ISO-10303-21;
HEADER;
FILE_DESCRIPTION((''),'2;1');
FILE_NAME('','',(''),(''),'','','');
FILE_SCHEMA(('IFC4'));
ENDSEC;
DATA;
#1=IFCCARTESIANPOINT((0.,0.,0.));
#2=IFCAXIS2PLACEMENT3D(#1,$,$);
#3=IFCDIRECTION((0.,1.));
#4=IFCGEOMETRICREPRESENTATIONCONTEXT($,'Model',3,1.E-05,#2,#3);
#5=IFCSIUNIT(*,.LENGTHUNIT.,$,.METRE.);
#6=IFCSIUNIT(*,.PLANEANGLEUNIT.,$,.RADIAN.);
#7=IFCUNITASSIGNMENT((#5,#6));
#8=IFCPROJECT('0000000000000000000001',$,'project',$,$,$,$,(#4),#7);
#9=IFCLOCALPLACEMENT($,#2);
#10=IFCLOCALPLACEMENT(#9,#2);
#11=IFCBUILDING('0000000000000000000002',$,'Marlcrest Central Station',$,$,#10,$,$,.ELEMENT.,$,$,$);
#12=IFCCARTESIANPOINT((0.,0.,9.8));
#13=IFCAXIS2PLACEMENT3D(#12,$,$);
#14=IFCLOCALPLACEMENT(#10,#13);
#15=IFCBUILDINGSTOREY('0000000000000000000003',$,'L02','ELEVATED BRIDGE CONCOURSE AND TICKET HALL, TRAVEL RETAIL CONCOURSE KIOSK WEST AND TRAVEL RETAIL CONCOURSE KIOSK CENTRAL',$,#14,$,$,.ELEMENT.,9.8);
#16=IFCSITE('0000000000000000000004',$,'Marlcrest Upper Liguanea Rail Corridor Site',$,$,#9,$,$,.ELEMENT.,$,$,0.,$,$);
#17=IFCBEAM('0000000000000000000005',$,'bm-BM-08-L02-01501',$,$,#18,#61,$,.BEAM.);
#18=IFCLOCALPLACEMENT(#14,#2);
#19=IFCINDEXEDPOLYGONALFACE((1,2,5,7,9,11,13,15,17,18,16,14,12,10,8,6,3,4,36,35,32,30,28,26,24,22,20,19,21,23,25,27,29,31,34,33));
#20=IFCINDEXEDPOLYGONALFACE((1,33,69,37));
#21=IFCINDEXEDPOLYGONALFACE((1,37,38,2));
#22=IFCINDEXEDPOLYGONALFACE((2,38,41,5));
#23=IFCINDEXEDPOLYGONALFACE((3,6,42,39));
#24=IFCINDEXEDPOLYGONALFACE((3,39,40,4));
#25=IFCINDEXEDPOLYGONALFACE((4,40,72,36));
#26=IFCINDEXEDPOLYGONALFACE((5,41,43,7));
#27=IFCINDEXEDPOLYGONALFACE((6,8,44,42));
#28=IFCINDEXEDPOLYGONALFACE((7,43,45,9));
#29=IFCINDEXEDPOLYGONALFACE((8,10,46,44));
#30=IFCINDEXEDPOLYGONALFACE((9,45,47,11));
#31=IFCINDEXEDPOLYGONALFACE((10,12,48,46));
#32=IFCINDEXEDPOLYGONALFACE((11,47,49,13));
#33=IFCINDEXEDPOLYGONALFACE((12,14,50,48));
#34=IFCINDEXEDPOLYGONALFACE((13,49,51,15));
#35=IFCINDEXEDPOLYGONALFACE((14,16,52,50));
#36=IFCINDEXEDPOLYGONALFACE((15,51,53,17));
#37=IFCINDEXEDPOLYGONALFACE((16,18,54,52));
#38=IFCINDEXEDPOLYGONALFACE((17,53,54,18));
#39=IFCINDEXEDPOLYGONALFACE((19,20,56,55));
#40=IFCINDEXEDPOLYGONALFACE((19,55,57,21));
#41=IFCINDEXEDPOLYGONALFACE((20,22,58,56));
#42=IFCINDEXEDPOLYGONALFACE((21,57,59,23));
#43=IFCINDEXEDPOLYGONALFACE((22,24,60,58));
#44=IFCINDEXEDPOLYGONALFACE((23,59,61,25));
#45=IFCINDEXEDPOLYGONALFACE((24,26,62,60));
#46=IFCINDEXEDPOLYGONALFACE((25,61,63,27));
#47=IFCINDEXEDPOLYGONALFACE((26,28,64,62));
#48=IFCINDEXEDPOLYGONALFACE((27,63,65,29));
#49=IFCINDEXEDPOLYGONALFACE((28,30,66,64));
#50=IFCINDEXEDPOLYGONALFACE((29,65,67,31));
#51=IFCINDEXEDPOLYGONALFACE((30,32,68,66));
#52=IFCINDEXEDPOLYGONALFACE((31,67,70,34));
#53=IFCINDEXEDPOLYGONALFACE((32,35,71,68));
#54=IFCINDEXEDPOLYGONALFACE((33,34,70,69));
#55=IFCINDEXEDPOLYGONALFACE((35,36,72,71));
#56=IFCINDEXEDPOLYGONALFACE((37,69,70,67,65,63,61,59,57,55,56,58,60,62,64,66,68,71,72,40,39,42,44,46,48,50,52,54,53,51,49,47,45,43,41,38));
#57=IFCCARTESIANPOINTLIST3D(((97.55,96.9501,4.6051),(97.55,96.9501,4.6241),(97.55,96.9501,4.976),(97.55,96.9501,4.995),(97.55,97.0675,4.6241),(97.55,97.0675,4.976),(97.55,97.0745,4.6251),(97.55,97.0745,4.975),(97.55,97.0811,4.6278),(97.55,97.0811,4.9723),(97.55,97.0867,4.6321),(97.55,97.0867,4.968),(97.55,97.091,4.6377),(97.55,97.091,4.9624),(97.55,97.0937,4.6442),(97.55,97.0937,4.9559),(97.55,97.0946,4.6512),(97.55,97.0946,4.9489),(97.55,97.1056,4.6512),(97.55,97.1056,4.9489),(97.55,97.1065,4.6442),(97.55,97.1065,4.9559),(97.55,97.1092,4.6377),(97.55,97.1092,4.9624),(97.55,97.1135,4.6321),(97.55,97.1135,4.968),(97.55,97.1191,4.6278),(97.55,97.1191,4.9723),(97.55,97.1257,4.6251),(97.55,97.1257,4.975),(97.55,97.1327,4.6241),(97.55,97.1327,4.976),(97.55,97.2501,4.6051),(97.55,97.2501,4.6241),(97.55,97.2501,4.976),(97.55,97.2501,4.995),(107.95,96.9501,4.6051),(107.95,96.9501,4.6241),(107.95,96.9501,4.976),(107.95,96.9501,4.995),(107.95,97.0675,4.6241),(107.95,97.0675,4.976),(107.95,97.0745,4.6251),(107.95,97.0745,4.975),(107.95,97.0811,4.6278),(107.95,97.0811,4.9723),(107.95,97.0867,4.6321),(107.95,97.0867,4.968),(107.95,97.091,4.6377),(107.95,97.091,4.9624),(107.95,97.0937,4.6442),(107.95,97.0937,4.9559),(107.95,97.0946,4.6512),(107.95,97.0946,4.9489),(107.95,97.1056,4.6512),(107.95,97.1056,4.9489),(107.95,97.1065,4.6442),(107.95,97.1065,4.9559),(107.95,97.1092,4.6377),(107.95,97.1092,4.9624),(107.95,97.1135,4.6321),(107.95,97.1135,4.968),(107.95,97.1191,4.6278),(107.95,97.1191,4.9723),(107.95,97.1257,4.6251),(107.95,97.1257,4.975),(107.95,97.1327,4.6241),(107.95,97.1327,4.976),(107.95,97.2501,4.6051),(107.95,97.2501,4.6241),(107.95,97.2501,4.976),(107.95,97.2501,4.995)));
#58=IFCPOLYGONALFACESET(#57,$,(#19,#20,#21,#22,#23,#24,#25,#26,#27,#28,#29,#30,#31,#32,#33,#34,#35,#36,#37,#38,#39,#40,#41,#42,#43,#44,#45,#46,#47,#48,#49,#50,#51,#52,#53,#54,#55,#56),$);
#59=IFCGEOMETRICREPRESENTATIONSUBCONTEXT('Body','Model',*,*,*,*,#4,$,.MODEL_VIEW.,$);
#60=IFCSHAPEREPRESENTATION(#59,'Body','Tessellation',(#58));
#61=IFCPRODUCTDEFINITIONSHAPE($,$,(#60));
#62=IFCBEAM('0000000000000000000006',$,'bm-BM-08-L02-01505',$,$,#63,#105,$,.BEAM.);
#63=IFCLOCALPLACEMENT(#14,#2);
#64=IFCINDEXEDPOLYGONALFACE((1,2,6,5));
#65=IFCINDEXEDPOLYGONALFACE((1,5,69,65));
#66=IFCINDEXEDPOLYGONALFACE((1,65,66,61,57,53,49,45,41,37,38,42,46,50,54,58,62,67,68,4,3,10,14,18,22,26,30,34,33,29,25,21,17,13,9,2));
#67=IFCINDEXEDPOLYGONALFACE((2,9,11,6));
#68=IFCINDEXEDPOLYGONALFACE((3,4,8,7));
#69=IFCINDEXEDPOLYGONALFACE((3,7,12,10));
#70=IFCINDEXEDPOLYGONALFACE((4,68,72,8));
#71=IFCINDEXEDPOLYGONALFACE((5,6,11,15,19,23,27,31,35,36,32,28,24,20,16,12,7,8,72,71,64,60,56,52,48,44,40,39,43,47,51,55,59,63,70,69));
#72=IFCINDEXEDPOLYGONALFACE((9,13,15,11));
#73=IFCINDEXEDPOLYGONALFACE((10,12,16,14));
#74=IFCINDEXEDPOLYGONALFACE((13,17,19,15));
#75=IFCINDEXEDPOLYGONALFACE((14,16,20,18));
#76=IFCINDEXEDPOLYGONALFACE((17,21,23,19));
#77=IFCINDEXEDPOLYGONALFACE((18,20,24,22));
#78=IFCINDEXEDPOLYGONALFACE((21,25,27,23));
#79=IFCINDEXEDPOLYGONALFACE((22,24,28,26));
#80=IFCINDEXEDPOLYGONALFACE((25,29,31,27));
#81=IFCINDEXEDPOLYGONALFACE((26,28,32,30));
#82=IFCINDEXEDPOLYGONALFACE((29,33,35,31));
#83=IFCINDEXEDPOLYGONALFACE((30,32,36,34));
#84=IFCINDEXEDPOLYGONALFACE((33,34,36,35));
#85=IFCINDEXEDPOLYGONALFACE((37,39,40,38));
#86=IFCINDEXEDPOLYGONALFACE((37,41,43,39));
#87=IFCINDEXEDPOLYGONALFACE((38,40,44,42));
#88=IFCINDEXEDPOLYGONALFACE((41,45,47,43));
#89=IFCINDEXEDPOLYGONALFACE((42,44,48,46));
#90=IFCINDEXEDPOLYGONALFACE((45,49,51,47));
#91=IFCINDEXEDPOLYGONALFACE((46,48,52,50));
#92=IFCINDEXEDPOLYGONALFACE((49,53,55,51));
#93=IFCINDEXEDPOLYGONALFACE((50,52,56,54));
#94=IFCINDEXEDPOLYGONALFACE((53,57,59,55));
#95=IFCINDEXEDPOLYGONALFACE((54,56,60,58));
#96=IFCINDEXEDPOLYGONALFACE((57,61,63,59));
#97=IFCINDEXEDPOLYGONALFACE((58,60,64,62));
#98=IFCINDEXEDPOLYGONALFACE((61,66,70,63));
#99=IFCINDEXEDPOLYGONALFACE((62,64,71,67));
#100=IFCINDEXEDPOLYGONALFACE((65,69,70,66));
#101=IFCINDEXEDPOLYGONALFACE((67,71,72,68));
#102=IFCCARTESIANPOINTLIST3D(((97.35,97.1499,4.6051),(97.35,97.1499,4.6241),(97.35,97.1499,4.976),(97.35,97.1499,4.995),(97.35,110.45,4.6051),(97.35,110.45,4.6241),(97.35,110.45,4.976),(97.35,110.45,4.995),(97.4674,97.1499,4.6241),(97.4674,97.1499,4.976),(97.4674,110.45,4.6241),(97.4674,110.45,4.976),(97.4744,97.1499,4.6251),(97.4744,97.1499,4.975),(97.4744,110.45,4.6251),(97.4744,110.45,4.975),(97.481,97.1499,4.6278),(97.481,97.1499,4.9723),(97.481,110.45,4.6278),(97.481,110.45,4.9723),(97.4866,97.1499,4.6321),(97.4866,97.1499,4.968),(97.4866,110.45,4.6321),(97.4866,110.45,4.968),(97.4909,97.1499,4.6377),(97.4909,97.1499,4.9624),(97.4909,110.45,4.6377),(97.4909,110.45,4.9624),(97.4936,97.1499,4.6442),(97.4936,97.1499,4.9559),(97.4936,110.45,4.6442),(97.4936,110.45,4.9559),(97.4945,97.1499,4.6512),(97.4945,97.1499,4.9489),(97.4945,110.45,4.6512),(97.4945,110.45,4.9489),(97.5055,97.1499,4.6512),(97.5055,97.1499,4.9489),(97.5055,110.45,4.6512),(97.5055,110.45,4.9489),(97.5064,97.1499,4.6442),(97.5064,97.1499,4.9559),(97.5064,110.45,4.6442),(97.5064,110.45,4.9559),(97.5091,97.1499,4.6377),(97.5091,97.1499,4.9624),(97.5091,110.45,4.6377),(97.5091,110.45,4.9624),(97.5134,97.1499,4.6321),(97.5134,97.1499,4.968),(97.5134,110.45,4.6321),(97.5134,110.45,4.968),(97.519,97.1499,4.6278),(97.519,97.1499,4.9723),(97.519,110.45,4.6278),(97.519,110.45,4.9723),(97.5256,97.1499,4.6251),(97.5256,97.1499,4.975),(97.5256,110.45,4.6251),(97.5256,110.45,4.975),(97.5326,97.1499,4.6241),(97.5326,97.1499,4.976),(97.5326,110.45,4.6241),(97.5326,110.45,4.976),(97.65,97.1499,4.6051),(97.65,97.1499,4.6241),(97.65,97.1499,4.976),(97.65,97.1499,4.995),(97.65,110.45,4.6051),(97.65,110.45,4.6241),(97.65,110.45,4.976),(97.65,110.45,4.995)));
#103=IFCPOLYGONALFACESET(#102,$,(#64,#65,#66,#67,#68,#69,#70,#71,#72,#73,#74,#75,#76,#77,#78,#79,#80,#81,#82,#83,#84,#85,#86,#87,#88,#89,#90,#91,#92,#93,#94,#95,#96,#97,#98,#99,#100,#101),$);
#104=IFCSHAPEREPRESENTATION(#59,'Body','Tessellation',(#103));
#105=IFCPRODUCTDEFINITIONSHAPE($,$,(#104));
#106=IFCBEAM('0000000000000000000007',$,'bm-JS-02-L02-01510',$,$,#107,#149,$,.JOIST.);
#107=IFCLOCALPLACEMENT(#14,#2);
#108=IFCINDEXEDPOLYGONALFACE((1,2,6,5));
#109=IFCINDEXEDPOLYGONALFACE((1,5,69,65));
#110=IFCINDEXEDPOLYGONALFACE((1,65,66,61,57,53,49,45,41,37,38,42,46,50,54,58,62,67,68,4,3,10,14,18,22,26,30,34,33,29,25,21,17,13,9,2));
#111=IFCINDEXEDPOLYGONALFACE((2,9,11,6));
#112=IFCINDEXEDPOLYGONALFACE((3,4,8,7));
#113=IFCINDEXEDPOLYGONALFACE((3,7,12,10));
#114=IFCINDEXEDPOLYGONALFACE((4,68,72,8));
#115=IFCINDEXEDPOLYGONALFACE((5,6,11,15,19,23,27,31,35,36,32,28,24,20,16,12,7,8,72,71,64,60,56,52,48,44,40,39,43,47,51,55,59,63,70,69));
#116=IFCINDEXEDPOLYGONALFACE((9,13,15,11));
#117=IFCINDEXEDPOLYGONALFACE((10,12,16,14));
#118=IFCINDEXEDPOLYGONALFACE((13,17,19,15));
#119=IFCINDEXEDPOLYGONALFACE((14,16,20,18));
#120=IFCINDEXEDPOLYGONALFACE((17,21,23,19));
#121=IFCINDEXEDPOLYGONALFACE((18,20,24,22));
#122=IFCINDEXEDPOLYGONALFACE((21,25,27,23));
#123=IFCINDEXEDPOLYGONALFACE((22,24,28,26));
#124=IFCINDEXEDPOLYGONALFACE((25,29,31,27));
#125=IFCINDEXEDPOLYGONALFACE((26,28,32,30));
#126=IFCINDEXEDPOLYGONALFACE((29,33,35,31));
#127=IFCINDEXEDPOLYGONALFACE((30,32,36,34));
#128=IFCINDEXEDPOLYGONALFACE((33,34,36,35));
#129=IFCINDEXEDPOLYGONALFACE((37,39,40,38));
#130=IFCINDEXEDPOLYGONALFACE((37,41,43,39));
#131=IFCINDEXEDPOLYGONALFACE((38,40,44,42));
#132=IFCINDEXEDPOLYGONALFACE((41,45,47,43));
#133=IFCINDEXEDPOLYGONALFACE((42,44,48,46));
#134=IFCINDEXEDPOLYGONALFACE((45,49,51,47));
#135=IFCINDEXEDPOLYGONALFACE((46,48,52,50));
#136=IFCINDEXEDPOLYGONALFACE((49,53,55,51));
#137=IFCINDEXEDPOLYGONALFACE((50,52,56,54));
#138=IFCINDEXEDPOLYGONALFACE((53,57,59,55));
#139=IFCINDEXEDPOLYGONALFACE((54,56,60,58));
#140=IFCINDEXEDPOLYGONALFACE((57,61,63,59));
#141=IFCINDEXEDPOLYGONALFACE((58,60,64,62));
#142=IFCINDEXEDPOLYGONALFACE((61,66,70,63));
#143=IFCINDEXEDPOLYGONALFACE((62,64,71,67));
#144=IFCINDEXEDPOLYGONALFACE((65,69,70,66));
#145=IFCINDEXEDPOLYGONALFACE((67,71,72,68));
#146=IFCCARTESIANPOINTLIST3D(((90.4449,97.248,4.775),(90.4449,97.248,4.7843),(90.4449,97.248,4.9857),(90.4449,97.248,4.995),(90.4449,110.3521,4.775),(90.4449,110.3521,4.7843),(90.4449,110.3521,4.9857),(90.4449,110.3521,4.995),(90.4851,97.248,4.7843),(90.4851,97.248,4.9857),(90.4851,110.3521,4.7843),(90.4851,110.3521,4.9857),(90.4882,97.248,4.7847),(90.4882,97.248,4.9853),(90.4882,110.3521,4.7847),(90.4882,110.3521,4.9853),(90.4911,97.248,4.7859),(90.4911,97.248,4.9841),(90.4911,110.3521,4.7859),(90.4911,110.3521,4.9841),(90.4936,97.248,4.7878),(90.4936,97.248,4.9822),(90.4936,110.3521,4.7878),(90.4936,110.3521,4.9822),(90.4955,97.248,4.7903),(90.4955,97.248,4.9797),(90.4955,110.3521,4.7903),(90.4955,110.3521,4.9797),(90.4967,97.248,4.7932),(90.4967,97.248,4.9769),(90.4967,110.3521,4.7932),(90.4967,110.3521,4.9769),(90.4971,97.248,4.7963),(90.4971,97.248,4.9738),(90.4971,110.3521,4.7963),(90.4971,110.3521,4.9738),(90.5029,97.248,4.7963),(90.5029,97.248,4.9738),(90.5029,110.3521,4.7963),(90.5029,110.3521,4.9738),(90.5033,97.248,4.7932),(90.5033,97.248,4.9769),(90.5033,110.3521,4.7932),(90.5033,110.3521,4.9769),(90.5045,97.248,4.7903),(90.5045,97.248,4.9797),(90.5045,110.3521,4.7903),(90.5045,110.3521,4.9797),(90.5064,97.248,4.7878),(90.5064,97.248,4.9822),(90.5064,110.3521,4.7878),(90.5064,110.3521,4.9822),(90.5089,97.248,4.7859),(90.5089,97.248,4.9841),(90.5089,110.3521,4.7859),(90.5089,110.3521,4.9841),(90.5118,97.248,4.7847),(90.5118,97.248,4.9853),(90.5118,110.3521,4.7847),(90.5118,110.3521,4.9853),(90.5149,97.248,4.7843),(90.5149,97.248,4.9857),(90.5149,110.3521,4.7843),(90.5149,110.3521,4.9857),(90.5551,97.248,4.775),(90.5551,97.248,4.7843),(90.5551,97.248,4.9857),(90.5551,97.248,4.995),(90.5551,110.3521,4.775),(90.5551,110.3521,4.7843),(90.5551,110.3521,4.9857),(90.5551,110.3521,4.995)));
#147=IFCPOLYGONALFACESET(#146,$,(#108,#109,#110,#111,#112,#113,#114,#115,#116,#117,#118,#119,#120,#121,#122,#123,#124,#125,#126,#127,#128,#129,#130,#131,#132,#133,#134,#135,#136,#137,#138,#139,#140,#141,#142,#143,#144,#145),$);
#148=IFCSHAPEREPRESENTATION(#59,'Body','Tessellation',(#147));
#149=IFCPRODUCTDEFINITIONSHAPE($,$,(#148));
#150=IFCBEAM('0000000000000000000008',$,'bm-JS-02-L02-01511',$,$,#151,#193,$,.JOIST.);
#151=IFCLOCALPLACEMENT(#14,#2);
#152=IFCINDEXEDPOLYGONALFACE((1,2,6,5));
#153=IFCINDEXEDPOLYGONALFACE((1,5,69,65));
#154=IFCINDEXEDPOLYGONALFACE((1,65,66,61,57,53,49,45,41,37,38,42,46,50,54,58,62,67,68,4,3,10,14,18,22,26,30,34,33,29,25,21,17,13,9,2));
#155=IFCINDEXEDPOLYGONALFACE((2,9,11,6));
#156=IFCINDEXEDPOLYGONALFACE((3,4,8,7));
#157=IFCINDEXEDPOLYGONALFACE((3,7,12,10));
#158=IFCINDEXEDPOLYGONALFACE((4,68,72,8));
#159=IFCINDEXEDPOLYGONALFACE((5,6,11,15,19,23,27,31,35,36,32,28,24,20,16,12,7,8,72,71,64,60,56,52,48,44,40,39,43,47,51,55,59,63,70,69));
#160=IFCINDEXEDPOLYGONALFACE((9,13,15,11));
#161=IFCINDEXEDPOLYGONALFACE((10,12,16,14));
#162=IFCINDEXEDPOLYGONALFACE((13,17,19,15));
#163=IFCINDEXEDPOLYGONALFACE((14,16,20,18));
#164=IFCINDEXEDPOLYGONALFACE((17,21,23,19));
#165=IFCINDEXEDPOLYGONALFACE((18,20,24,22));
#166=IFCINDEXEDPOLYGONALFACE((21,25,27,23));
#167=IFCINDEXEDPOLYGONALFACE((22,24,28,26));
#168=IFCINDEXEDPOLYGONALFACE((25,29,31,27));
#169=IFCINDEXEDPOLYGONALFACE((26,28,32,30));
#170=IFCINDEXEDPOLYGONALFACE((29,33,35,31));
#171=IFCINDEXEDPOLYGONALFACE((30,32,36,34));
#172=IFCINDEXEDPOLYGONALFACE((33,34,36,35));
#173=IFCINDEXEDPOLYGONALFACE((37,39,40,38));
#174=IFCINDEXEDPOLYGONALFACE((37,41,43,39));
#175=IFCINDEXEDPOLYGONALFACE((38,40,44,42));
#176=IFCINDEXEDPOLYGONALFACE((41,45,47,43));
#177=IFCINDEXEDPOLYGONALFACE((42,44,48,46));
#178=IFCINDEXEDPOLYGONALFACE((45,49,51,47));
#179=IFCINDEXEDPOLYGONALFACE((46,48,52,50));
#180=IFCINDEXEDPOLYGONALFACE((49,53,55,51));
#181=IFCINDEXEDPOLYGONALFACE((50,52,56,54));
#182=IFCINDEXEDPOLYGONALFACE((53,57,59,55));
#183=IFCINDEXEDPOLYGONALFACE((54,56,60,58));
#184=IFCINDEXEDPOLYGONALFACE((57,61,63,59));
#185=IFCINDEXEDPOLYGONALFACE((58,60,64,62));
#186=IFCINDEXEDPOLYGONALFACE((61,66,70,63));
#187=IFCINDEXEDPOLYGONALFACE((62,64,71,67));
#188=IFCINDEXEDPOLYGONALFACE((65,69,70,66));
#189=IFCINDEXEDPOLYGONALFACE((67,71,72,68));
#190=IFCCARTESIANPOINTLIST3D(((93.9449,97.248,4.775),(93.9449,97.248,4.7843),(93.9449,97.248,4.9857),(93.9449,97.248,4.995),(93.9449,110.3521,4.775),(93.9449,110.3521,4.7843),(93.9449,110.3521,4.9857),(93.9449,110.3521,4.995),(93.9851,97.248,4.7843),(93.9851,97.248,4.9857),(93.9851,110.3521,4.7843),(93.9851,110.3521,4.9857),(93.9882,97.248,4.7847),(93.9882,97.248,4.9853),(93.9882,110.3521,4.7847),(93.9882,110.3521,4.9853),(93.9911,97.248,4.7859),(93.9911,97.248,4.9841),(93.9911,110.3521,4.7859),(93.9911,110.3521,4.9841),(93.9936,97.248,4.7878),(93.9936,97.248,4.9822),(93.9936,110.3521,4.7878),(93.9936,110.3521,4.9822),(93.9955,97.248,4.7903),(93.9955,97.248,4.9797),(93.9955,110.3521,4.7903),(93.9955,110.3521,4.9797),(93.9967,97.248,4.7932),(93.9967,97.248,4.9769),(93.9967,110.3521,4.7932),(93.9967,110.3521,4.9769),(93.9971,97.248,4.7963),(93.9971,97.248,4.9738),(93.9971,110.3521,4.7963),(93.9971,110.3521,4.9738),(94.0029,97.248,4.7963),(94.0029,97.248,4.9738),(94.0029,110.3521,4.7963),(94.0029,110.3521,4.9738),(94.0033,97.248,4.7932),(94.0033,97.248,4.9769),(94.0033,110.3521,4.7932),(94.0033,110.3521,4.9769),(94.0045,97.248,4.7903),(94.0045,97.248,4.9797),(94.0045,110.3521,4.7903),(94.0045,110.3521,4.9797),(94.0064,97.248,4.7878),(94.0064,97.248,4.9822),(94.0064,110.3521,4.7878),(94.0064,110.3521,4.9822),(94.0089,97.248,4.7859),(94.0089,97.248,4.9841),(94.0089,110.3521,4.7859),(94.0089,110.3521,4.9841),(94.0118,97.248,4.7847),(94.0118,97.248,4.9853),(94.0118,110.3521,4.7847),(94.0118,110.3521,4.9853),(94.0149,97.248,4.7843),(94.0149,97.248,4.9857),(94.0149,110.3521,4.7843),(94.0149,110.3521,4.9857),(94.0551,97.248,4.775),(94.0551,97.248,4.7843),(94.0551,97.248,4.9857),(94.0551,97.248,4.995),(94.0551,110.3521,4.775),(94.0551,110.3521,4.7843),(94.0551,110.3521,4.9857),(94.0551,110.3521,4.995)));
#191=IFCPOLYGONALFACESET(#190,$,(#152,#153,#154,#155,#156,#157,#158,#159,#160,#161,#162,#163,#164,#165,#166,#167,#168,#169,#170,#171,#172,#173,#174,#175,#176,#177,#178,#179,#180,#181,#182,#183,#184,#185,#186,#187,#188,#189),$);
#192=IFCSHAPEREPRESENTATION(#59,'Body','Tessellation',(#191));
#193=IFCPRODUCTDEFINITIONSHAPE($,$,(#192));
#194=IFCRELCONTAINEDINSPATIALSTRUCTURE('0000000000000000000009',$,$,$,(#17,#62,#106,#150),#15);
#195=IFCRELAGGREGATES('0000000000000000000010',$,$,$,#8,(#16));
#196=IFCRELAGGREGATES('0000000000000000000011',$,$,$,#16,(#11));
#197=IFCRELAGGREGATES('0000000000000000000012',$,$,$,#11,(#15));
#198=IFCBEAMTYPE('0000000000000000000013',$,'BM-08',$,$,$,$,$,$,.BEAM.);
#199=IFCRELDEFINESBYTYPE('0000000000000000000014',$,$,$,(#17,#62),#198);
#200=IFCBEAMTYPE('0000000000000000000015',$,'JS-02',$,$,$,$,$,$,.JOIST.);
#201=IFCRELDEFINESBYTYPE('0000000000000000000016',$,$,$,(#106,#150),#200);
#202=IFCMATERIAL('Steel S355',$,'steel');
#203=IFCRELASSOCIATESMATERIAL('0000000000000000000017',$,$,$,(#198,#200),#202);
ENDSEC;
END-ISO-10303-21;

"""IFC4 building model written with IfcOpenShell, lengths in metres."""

from ifc_helpers import new_model, si_unit, direction, frame, origin, origin_2d, place, context, subcontext, project, spatial, i_section, extrude, material, material_profile, profile_set, type_object, element, save


model = new_model("IFC4")

# Units and contexts
model_context = context("Model", 3, precision=1e-05, world=origin(), true_north=direction((0.0, 1.0)))
body_context = subcontext(model_context, "Body", "Model", "MODEL_VIEW")
ifc_project = project(units=[si_unit("LENGTHUNIT", "METRE"), si_unit("PLANEANGLEUNIT", "RADIAN")], contexts=[model_context])

# Site, building, storey
site_placement = place(None, origin())
site = spatial("IfcSite", under=ifc_project, at=site_placement, Name="Marlcrest Upper Liguanea Rail Corridor Site", CompositionType="ELEMENT", RefElevation=0.0)
building_placement = place(site_placement, origin())
building = spatial("IfcBuilding", under=site, at=building_placement, Name="Marlcrest Central Station", CompositionType="ELEMENT")
storey_placement = place(building_placement, frame((0.0, 0.0, 9.8)))
storey = spatial("IfcBuildingStorey", under=building, at=storey_placement, Name="L02", Description="ELEVATED BRIDGE CONCOURSE AND TICKET HALL, TRAVEL RETAIL CONCOURSE KIOSK WEST AND TRAVEL RETAIL CONCOURSE KIOSK CENTRAL", CompositionType="ELEMENT", Elevation=9.8)

# Shared definitions
ifc_material_1 = material(Name="Steel S355", Category="steel")

# Beams
ifc_material_profile_1 = material_profile(ifc_material_1, i_section(OverallWidth=0.3, OverallDepth=0.3899, WebThickness=0.011, FlangeThickness=0.019, FilletRadius=0.0271, at=origin_2d()), Name="HEA 400")
ifc_profile_set_1 = profile_set([ifc_material_profile_1], Name="Steel S355")
beam_type_1 = type_object("IfcBeamType", Name="BM-08", PredefinedType="BEAM", material=ifc_profile_set_1)
for number, where, z_axis, x_axis, name in (
    (1, (97.55, 97.1001, 4.8), (1.0, 0.0, 0.0), (0.0, 1.0, 0.0), "bm-BM-08-L02-01501"),
):
    element("IfcBeam", number, at=place(storey_placement, frame(where, z_axis=z_axis, x_axis=x_axis)), inside=storey, type_object=beam_type_1, Name=name, PredefinedType="BEAM", context=body_context, shape_type="SweptSolid", body=[
        extrude(i_section(OverallWidth=0.3, OverallDepth=0.3899, WebThickness=0.011, FlangeThickness=0.019, FilletRadius=0.0271, at=origin_2d()), origin(), (0.0, 0.0, 1.0), 10.3999),
    ])
beam_placement = place(storey_placement, frame((97.5, 97.1499, 4.8), z_axis=(0.0, 1.0, 0.0), x_axis=(-1.0, 0.0, 0.0)))
element("IfcBeam", 2, at=beam_placement, inside=storey, type_object=beam_type_1, Name="bm-BM-08-L02-01505", PredefinedType="BEAM", context=body_context, shape_type="SweptSolid", body=[
    extrude(i_section(OverallWidth=0.3, OverallDepth=0.3899, WebThickness=0.011, FlangeThickness=0.019, FilletRadius=0.0271, at=origin_2d()), origin(), (0.0, 0.0, 1.0), 13.3),
])
ifc_material_profile_2 = material_profile(ifc_material_1, i_section(OverallWidth=0.1101, OverallDepth=0.22, WebThickness=0.0059, FlangeThickness=0.0093, FilletRadius=0.012, at=origin_2d()), Name="IPE 220")
ifc_profile_set_2 = profile_set([ifc_material_profile_2], Name="Steel S355")
beam_type_2 = type_object("IfcBeamType", Name="JS-02", PredefinedType="JOIST", material=ifc_profile_set_2)
for number, where, z_axis, x_axis, name in (
    (3, (90.5, 97.248, 4.885), (0.0, 1.0, 0.0), (-1.0, 0.0, 0.0), "bm-JS-02-L02-01510"),
    (4, (94.0, 97.248, 4.885), (0.0, 1.0, 0.0), (-1.0, 0.0, 0.0), "bm-JS-02-L02-01511"),
):
    element("IfcBeam", number, at=place(storey_placement, frame(where, z_axis=z_axis, x_axis=x_axis)), inside=storey, type_object=beam_type_2, Name=name, PredefinedType="JOIST", context=body_context, shape_type="SweptSolid", body=[
        extrude(i_section(OverallWidth=0.1101, OverallDepth=0.22, WebThickness=0.0059, FlangeThickness=0.0093, FilletRadius=0.012, at=origin_2d()), origin(), (0.0, 0.0, 1.0), 13.104),
    ])

save(model, "model.ifc")
